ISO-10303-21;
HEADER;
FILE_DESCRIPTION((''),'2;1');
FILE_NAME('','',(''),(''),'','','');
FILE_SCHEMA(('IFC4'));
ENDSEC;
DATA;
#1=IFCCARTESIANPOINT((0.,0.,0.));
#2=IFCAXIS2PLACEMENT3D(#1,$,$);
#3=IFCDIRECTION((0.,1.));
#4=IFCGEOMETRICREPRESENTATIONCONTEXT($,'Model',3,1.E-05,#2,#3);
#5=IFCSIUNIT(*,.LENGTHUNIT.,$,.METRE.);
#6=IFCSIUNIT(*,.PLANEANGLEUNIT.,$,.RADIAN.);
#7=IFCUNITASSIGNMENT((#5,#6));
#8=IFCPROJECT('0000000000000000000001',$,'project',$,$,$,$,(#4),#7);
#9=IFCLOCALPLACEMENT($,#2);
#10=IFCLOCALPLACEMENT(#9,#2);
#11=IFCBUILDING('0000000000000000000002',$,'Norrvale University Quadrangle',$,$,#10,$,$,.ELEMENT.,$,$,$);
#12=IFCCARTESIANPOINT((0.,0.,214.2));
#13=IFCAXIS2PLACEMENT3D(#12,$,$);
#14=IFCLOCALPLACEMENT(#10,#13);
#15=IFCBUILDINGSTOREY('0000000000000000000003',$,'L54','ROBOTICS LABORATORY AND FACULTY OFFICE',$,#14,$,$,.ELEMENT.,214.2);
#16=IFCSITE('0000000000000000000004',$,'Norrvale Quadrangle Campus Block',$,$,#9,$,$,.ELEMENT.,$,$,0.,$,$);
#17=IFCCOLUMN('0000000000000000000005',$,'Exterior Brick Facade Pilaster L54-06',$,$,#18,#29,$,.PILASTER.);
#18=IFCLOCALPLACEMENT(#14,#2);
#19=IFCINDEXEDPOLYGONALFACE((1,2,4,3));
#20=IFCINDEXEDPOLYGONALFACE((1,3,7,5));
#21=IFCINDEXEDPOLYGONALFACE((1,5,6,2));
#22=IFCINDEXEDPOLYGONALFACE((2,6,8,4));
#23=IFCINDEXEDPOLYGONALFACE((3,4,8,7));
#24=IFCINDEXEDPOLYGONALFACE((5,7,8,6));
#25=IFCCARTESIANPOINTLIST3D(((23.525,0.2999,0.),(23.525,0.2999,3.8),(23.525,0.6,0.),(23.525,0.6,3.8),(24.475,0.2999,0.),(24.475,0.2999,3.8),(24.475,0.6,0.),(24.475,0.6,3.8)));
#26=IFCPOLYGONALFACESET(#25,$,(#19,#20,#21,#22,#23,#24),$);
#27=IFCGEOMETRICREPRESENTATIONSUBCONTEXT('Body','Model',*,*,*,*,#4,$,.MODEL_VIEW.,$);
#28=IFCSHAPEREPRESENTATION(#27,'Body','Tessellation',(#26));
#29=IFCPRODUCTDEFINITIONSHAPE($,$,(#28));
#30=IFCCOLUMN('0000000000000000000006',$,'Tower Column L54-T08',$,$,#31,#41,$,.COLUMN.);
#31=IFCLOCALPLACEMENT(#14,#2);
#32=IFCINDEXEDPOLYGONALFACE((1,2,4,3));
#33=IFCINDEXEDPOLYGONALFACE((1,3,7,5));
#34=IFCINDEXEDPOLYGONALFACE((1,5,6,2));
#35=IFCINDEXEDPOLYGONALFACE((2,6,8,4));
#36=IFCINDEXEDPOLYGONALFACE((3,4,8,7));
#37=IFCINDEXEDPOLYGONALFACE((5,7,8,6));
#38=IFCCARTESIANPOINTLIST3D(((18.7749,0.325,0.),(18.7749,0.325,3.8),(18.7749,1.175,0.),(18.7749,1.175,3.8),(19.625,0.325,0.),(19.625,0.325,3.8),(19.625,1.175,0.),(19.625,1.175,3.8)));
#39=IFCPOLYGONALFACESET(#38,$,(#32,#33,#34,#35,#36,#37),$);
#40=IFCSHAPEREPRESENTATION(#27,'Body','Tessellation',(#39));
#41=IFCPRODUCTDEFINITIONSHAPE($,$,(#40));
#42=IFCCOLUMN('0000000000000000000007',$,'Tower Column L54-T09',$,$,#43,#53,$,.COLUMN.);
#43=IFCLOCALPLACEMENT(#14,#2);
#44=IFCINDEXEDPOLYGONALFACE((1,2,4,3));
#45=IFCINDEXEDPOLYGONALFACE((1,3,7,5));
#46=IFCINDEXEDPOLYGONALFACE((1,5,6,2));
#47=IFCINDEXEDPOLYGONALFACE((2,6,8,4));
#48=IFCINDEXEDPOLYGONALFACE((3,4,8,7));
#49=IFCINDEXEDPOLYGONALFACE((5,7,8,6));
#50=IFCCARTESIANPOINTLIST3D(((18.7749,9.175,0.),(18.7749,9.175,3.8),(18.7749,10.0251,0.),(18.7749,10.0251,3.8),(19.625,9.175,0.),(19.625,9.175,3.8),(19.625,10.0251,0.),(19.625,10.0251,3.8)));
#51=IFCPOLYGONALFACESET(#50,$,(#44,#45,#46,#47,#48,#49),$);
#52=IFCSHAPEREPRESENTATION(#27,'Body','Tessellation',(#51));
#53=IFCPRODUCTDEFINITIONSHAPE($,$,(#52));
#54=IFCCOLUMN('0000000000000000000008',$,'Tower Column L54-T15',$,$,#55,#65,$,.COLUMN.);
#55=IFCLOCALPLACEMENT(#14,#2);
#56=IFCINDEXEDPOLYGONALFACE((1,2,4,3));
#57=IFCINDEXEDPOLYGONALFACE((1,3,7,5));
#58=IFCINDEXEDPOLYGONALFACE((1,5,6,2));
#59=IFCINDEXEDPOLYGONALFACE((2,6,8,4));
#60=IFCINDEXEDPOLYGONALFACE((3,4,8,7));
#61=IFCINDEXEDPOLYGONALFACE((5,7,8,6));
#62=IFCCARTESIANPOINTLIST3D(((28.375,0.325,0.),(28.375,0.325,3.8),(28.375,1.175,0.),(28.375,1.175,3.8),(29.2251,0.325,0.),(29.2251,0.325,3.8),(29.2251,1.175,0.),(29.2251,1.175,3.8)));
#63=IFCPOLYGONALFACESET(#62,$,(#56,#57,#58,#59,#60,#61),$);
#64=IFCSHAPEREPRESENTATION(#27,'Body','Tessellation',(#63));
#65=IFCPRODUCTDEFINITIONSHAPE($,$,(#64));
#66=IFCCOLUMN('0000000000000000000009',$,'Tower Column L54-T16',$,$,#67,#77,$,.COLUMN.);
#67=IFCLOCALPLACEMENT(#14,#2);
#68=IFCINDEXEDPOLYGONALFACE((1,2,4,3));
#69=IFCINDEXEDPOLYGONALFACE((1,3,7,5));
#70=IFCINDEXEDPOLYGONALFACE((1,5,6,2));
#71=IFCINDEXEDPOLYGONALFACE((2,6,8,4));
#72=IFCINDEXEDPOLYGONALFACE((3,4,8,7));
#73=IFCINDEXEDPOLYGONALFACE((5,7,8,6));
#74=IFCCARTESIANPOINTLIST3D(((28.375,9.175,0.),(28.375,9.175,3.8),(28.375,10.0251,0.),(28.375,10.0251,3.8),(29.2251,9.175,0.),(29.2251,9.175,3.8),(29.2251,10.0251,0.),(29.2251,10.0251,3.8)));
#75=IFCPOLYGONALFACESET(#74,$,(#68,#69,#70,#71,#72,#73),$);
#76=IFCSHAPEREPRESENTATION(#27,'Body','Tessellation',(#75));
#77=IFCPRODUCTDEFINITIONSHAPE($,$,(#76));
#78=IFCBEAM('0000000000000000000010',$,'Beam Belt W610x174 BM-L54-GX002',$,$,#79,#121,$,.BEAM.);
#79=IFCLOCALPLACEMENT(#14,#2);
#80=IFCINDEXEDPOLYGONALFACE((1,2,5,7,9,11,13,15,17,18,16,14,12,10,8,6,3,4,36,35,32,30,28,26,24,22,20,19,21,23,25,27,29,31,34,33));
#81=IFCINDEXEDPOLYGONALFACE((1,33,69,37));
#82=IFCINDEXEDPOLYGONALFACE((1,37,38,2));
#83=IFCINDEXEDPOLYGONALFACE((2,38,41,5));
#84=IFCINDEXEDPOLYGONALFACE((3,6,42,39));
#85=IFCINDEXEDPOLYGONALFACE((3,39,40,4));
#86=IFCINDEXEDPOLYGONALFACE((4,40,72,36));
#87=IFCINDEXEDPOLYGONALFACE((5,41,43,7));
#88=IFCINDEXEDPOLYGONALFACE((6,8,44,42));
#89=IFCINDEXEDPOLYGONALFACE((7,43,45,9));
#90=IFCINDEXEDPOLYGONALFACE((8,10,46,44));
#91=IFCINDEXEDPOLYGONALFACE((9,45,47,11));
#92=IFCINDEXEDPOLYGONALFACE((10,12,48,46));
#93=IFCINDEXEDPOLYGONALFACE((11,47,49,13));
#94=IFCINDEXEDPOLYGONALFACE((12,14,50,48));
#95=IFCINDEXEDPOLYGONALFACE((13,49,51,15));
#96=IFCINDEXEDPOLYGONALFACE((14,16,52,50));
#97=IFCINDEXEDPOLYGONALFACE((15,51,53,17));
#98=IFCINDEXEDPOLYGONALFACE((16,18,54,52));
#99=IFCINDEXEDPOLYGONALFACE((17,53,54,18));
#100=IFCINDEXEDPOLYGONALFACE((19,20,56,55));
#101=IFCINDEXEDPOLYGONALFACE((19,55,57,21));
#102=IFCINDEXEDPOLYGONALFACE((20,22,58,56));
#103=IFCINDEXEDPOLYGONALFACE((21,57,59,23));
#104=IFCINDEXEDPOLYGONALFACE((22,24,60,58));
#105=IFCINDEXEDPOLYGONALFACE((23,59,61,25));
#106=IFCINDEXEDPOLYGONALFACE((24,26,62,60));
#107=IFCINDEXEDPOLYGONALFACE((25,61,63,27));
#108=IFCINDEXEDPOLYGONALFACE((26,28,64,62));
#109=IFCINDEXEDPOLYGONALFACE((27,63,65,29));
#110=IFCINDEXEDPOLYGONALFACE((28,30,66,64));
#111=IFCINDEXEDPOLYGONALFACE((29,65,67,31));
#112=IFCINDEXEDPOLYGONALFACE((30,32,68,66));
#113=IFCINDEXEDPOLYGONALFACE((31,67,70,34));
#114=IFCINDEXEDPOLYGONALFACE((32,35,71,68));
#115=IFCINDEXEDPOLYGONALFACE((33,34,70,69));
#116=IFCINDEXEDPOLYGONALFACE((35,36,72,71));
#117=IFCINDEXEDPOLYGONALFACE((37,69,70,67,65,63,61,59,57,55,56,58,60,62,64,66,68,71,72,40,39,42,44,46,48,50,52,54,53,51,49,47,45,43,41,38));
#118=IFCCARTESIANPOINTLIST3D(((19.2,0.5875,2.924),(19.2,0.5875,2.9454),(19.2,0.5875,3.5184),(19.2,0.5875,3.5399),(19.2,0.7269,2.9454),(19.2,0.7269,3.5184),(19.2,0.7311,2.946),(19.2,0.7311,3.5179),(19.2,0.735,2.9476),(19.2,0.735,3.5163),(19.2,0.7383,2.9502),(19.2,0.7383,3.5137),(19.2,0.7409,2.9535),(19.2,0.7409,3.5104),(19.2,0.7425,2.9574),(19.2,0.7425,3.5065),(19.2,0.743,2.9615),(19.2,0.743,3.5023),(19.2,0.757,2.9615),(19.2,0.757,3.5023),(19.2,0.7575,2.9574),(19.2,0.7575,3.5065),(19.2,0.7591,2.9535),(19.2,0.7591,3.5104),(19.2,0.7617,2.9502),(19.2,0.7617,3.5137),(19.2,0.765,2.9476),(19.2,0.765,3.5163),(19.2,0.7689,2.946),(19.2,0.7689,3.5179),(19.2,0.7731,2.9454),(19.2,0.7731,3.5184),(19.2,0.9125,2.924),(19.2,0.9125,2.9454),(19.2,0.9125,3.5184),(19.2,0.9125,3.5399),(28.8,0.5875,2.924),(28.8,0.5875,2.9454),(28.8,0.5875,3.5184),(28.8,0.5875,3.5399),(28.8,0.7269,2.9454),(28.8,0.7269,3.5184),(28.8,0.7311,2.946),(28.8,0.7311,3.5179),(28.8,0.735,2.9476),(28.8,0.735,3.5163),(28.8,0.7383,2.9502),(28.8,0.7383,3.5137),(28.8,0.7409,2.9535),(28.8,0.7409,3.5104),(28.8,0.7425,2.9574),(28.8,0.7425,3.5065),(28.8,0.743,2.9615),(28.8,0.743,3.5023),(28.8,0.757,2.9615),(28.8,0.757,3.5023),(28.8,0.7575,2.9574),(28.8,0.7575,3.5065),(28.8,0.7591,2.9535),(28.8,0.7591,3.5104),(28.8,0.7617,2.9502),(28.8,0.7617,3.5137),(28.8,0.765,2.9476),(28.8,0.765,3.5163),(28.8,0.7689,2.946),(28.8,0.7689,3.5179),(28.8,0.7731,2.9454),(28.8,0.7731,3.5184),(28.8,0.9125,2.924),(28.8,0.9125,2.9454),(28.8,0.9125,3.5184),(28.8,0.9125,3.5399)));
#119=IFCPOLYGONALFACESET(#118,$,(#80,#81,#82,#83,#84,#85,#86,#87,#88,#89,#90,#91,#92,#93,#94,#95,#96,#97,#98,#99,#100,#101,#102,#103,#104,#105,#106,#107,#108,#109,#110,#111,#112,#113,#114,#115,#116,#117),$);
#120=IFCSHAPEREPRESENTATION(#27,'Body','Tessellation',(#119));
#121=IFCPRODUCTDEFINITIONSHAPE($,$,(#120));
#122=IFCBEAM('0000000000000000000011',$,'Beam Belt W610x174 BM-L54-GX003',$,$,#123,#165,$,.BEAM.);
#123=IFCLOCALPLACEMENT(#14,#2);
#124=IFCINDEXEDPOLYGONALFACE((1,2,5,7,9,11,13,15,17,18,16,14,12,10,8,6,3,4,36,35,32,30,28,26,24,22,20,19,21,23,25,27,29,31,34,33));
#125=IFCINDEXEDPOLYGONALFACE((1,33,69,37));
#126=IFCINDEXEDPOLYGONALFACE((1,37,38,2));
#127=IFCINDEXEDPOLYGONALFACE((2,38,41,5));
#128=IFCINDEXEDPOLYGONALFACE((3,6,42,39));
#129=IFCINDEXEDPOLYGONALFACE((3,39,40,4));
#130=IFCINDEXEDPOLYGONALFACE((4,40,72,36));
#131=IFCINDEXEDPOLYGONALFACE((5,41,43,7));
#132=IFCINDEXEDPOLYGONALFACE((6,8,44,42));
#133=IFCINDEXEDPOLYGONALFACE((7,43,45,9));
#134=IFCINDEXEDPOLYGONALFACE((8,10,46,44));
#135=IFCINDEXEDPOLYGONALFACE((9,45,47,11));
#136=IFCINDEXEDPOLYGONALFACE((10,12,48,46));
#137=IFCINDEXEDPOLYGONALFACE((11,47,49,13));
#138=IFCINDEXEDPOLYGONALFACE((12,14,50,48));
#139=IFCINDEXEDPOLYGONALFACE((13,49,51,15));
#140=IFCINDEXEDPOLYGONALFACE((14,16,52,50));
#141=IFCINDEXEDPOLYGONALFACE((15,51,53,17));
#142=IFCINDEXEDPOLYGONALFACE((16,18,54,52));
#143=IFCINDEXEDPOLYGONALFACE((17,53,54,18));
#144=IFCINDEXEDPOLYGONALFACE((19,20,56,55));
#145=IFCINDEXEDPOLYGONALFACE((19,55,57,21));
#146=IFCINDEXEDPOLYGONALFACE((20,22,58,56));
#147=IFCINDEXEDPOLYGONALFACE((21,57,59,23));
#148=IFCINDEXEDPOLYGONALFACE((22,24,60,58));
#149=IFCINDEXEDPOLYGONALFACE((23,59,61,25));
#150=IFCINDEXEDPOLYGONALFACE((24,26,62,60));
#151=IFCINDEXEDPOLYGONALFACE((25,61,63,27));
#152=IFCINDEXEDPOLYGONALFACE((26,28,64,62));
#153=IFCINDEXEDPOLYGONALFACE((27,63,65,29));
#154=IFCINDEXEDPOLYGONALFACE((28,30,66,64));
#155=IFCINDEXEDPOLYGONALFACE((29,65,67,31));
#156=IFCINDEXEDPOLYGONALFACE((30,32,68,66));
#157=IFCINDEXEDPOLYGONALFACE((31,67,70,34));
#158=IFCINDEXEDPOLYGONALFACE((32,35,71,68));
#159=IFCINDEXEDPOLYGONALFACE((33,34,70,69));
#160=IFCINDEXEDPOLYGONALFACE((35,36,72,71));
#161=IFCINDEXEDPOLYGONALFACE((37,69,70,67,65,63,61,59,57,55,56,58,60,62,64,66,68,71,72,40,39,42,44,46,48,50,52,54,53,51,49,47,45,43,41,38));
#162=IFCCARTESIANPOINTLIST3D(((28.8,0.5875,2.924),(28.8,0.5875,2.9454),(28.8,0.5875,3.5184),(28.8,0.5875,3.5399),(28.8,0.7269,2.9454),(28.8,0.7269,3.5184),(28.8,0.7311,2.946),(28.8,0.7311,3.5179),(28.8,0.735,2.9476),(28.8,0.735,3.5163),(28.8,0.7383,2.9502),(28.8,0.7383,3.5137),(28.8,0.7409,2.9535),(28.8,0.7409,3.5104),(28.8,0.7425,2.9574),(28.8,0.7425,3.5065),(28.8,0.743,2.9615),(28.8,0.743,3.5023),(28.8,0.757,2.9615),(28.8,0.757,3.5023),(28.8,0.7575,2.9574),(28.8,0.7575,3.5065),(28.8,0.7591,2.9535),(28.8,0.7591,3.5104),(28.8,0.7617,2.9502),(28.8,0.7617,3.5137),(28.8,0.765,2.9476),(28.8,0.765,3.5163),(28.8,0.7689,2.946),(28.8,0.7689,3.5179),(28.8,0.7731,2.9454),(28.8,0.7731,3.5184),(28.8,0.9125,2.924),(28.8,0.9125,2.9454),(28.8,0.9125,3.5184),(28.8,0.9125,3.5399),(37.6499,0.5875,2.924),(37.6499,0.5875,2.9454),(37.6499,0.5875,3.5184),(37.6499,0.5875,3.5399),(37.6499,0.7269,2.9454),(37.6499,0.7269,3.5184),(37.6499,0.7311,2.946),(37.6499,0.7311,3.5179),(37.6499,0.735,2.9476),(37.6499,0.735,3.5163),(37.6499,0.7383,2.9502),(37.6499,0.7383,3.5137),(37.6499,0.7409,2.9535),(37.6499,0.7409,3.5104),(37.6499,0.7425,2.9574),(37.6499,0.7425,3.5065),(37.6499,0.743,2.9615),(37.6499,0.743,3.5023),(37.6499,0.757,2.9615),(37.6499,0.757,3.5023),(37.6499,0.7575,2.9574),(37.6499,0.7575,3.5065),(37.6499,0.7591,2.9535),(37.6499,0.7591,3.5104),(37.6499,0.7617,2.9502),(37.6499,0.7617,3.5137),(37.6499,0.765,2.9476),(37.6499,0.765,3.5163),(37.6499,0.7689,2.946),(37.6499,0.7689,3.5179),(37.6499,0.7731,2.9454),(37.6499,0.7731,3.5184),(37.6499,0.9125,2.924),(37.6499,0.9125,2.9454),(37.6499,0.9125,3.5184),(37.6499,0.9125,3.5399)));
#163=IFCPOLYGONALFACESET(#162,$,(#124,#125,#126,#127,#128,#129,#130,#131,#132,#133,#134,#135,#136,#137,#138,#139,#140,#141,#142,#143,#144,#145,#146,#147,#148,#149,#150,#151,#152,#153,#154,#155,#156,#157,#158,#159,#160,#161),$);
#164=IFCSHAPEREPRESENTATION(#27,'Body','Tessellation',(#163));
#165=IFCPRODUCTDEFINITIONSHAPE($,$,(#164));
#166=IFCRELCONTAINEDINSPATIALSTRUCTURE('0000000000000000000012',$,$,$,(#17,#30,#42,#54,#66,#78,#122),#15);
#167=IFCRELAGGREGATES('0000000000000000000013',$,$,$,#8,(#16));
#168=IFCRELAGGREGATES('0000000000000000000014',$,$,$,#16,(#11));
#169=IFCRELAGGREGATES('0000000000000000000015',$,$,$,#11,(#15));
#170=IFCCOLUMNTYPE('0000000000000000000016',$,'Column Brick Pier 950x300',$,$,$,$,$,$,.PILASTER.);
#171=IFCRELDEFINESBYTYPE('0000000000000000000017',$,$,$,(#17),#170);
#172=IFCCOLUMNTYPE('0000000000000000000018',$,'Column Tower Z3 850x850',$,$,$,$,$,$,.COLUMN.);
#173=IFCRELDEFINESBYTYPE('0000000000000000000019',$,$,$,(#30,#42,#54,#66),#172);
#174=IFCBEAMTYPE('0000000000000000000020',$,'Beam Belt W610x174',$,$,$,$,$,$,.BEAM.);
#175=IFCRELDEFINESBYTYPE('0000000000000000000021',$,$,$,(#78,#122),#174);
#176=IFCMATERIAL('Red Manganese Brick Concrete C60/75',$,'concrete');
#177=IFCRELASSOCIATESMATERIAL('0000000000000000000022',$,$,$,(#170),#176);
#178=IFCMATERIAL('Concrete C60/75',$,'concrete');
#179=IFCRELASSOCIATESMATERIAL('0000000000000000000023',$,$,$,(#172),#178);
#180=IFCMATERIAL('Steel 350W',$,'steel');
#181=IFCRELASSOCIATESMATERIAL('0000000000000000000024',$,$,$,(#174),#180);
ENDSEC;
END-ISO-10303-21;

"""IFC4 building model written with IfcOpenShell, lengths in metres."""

from ifc_helpers import new_model, si_unit, direction, frame, origin, origin_2d, place, context, subcontext, project, spatial, rectangle, i_section, extrude, material, material_profile, profile_set, type_object, element, save


model = new_model("IFC4")

# Units and contexts
model_context = context("Model", 3, precision=1e-05, world=origin(), true_north=direction((0.0, 1.0)))
body_context = subcontext(model_context, "Body", "Model", "MODEL_VIEW")
ifc_project = project(units=[si_unit("LENGTHUNIT", "METRE"), si_unit("PLANEANGLEUNIT", "RADIAN")], contexts=[model_context])

# Site, building, storey
site_placement = place(None, origin())
site = spatial("IfcSite", under=ifc_project, at=site_placement, Name="Norrvale Quadrangle Campus Block", CompositionType="ELEMENT", RefElevation=0.0)
building_placement = place(site_placement, origin())
building = spatial("IfcBuilding", under=site, at=building_placement, Name="Norrvale University Quadrangle", CompositionType="ELEMENT")
storey_placement = place(building_placement, frame((0.0, 0.0, 214.2)))
storey = spatial("IfcBuildingStorey", under=building, at=storey_placement, Name="L54", Description="ROBOTICS LABORATORY AND FACULTY OFFICE", CompositionType="ELEMENT", Elevation=214.2)

# Columns
ifc_material_1 = material(Name="Red Manganese Brick Concrete C60/75", Category="concrete")
ifc_material_profile_1 = material_profile(ifc_material_1, rectangle(XDim=0.95, YDim=0.3, at=origin_2d()), Name="Red Manganese Brick Concrete C60/75")
ifc_profile_set_1 = profile_set([ifc_material_profile_1], Name="Red Manganese Brick Concrete C60/75")
column_type_1 = type_object("IfcColumnType", Name="Column Brick Pier 950x300", PredefinedType="PILASTER", material=ifc_profile_set_1)
column_placement = place(storey_placement, frame((24.0, 0.45, 0.0), z_axis=(0.0, 0.0, 1.0), x_axis=(1.0, 0.0, 0.0)))
element("IfcColumn", 1, at=column_placement, inside=storey, type_object=column_type_1, Name="Exterior Brick Facade Pilaster L54-06", PredefinedType="PILASTER", context=body_context, shape_type="SweptSolid", body=[
    extrude(rectangle(XDim=0.95, YDim=0.3, at=origin_2d()), origin(), (0.0, 0.0, 1.0), 3.8),
])
ifc_material_2 = material(Name="Concrete C60/75", Category="concrete")
ifc_material_profile_2 = material_profile(ifc_material_2, rectangle(XDim=0.8501, YDim=0.8501, at=origin_2d()), Name="Concrete C60/75")
ifc_profile_set_2 = profile_set([ifc_material_profile_2], Name="Concrete C60/75")
column_type_2 = type_object("IfcColumnType", Name="Column Tower Z3 850x850", PredefinedType="COLUMN", material=ifc_profile_set_2)
for number, where, z_axis, x_axis, name in (
    (2, (19.2, 0.75, 0.0), (0.0, 0.0, 1.0), (1.0, 0.0, 0.0), "Tower Column L54-T08"),
    (3, (19.2, 9.6001, 0.0), (0.0, 0.0, 1.0), (1.0, 0.0, 0.0), "Tower Column L54-T09"),
    (4, (28.8, 0.75, 0.0), (0.0, 0.0, 1.0), (1.0, 0.0, 0.0), "Tower Column L54-T15"),
    (5, (28.8, 9.6001, 0.0), (0.0, 0.0, 1.0), (1.0, 0.0, 0.0), "Tower Column L54-T16"),
):
    element("IfcColumn", number, at=place(storey_placement, frame(where, z_axis=z_axis, x_axis=x_axis)), inside=storey, type_object=column_type_2, Name=name, PredefinedType="COLUMN", context=body_context, shape_type="SweptSolid", body=[
        extrude(rectangle(XDim=0.8501, YDim=0.8501, at=origin_2d()), origin(), (0.0, 0.0, 1.0), 3.8),
    ])

# Beams
ifc_material_3 = material(Name="Steel 350W", Category="steel")
ifc_material_profile_3 = material_profile(ifc_material_3, i_section(OverallWidth=0.325, OverallDepth=0.616, WebThickness=0.0139, FlangeThickness=0.0215, FilletRadius=0.0161, at=origin_2d()), Name="Steel 350W")
ifc_profile_set_3 = profile_set([ifc_material_profile_3], Name="Steel 350W")
beam_type_1 = type_object("IfcBeamType", Name="Beam Belt W610x174", PredefinedType="BEAM", material=ifc_profile_set_3)
beam_1_placement = place(storey_placement, frame((19.2, 0.75, 3.2319), z_axis=(1.0, 0.0, 0.0), x_axis=(0.0, 1.0, 0.0)))
element("IfcBeam", 6, at=beam_1_placement, inside=storey, type_object=beam_type_1, Name="Beam Belt W610x174 BM-L54-GX002", PredefinedType="BEAM", context=body_context, shape_type="SweptSolid", body=[
    extrude(i_section(OverallWidth=0.325, OverallDepth=0.616, WebThickness=0.0139, FlangeThickness=0.0215, FilletRadius=0.0161, at=origin_2d()), origin(), (0.0, 0.0, 1.0), 9.6001),
])
beam_2_placement = place(storey_placement, frame((28.8, 0.75, 3.2319), z_axis=(1.0, 0.0, 0.0), x_axis=(0.0, 1.0, 0.0)))
element("IfcBeam", 7, at=beam_2_placement, inside=storey, type_object=beam_type_1, Name="Beam Belt W610x174 BM-L54-GX003", PredefinedType="BEAM", context=body_context, shape_type="SweptSolid", body=[
    extrude(i_section(OverallWidth=0.325, OverallDepth=0.616, WebThickness=0.0139, FlangeThickness=0.0215, FilletRadius=0.0161, at=origin_2d()), origin(), (0.0, 0.0, 1.0), 8.8499),
])

save(model, "model.ifc")
